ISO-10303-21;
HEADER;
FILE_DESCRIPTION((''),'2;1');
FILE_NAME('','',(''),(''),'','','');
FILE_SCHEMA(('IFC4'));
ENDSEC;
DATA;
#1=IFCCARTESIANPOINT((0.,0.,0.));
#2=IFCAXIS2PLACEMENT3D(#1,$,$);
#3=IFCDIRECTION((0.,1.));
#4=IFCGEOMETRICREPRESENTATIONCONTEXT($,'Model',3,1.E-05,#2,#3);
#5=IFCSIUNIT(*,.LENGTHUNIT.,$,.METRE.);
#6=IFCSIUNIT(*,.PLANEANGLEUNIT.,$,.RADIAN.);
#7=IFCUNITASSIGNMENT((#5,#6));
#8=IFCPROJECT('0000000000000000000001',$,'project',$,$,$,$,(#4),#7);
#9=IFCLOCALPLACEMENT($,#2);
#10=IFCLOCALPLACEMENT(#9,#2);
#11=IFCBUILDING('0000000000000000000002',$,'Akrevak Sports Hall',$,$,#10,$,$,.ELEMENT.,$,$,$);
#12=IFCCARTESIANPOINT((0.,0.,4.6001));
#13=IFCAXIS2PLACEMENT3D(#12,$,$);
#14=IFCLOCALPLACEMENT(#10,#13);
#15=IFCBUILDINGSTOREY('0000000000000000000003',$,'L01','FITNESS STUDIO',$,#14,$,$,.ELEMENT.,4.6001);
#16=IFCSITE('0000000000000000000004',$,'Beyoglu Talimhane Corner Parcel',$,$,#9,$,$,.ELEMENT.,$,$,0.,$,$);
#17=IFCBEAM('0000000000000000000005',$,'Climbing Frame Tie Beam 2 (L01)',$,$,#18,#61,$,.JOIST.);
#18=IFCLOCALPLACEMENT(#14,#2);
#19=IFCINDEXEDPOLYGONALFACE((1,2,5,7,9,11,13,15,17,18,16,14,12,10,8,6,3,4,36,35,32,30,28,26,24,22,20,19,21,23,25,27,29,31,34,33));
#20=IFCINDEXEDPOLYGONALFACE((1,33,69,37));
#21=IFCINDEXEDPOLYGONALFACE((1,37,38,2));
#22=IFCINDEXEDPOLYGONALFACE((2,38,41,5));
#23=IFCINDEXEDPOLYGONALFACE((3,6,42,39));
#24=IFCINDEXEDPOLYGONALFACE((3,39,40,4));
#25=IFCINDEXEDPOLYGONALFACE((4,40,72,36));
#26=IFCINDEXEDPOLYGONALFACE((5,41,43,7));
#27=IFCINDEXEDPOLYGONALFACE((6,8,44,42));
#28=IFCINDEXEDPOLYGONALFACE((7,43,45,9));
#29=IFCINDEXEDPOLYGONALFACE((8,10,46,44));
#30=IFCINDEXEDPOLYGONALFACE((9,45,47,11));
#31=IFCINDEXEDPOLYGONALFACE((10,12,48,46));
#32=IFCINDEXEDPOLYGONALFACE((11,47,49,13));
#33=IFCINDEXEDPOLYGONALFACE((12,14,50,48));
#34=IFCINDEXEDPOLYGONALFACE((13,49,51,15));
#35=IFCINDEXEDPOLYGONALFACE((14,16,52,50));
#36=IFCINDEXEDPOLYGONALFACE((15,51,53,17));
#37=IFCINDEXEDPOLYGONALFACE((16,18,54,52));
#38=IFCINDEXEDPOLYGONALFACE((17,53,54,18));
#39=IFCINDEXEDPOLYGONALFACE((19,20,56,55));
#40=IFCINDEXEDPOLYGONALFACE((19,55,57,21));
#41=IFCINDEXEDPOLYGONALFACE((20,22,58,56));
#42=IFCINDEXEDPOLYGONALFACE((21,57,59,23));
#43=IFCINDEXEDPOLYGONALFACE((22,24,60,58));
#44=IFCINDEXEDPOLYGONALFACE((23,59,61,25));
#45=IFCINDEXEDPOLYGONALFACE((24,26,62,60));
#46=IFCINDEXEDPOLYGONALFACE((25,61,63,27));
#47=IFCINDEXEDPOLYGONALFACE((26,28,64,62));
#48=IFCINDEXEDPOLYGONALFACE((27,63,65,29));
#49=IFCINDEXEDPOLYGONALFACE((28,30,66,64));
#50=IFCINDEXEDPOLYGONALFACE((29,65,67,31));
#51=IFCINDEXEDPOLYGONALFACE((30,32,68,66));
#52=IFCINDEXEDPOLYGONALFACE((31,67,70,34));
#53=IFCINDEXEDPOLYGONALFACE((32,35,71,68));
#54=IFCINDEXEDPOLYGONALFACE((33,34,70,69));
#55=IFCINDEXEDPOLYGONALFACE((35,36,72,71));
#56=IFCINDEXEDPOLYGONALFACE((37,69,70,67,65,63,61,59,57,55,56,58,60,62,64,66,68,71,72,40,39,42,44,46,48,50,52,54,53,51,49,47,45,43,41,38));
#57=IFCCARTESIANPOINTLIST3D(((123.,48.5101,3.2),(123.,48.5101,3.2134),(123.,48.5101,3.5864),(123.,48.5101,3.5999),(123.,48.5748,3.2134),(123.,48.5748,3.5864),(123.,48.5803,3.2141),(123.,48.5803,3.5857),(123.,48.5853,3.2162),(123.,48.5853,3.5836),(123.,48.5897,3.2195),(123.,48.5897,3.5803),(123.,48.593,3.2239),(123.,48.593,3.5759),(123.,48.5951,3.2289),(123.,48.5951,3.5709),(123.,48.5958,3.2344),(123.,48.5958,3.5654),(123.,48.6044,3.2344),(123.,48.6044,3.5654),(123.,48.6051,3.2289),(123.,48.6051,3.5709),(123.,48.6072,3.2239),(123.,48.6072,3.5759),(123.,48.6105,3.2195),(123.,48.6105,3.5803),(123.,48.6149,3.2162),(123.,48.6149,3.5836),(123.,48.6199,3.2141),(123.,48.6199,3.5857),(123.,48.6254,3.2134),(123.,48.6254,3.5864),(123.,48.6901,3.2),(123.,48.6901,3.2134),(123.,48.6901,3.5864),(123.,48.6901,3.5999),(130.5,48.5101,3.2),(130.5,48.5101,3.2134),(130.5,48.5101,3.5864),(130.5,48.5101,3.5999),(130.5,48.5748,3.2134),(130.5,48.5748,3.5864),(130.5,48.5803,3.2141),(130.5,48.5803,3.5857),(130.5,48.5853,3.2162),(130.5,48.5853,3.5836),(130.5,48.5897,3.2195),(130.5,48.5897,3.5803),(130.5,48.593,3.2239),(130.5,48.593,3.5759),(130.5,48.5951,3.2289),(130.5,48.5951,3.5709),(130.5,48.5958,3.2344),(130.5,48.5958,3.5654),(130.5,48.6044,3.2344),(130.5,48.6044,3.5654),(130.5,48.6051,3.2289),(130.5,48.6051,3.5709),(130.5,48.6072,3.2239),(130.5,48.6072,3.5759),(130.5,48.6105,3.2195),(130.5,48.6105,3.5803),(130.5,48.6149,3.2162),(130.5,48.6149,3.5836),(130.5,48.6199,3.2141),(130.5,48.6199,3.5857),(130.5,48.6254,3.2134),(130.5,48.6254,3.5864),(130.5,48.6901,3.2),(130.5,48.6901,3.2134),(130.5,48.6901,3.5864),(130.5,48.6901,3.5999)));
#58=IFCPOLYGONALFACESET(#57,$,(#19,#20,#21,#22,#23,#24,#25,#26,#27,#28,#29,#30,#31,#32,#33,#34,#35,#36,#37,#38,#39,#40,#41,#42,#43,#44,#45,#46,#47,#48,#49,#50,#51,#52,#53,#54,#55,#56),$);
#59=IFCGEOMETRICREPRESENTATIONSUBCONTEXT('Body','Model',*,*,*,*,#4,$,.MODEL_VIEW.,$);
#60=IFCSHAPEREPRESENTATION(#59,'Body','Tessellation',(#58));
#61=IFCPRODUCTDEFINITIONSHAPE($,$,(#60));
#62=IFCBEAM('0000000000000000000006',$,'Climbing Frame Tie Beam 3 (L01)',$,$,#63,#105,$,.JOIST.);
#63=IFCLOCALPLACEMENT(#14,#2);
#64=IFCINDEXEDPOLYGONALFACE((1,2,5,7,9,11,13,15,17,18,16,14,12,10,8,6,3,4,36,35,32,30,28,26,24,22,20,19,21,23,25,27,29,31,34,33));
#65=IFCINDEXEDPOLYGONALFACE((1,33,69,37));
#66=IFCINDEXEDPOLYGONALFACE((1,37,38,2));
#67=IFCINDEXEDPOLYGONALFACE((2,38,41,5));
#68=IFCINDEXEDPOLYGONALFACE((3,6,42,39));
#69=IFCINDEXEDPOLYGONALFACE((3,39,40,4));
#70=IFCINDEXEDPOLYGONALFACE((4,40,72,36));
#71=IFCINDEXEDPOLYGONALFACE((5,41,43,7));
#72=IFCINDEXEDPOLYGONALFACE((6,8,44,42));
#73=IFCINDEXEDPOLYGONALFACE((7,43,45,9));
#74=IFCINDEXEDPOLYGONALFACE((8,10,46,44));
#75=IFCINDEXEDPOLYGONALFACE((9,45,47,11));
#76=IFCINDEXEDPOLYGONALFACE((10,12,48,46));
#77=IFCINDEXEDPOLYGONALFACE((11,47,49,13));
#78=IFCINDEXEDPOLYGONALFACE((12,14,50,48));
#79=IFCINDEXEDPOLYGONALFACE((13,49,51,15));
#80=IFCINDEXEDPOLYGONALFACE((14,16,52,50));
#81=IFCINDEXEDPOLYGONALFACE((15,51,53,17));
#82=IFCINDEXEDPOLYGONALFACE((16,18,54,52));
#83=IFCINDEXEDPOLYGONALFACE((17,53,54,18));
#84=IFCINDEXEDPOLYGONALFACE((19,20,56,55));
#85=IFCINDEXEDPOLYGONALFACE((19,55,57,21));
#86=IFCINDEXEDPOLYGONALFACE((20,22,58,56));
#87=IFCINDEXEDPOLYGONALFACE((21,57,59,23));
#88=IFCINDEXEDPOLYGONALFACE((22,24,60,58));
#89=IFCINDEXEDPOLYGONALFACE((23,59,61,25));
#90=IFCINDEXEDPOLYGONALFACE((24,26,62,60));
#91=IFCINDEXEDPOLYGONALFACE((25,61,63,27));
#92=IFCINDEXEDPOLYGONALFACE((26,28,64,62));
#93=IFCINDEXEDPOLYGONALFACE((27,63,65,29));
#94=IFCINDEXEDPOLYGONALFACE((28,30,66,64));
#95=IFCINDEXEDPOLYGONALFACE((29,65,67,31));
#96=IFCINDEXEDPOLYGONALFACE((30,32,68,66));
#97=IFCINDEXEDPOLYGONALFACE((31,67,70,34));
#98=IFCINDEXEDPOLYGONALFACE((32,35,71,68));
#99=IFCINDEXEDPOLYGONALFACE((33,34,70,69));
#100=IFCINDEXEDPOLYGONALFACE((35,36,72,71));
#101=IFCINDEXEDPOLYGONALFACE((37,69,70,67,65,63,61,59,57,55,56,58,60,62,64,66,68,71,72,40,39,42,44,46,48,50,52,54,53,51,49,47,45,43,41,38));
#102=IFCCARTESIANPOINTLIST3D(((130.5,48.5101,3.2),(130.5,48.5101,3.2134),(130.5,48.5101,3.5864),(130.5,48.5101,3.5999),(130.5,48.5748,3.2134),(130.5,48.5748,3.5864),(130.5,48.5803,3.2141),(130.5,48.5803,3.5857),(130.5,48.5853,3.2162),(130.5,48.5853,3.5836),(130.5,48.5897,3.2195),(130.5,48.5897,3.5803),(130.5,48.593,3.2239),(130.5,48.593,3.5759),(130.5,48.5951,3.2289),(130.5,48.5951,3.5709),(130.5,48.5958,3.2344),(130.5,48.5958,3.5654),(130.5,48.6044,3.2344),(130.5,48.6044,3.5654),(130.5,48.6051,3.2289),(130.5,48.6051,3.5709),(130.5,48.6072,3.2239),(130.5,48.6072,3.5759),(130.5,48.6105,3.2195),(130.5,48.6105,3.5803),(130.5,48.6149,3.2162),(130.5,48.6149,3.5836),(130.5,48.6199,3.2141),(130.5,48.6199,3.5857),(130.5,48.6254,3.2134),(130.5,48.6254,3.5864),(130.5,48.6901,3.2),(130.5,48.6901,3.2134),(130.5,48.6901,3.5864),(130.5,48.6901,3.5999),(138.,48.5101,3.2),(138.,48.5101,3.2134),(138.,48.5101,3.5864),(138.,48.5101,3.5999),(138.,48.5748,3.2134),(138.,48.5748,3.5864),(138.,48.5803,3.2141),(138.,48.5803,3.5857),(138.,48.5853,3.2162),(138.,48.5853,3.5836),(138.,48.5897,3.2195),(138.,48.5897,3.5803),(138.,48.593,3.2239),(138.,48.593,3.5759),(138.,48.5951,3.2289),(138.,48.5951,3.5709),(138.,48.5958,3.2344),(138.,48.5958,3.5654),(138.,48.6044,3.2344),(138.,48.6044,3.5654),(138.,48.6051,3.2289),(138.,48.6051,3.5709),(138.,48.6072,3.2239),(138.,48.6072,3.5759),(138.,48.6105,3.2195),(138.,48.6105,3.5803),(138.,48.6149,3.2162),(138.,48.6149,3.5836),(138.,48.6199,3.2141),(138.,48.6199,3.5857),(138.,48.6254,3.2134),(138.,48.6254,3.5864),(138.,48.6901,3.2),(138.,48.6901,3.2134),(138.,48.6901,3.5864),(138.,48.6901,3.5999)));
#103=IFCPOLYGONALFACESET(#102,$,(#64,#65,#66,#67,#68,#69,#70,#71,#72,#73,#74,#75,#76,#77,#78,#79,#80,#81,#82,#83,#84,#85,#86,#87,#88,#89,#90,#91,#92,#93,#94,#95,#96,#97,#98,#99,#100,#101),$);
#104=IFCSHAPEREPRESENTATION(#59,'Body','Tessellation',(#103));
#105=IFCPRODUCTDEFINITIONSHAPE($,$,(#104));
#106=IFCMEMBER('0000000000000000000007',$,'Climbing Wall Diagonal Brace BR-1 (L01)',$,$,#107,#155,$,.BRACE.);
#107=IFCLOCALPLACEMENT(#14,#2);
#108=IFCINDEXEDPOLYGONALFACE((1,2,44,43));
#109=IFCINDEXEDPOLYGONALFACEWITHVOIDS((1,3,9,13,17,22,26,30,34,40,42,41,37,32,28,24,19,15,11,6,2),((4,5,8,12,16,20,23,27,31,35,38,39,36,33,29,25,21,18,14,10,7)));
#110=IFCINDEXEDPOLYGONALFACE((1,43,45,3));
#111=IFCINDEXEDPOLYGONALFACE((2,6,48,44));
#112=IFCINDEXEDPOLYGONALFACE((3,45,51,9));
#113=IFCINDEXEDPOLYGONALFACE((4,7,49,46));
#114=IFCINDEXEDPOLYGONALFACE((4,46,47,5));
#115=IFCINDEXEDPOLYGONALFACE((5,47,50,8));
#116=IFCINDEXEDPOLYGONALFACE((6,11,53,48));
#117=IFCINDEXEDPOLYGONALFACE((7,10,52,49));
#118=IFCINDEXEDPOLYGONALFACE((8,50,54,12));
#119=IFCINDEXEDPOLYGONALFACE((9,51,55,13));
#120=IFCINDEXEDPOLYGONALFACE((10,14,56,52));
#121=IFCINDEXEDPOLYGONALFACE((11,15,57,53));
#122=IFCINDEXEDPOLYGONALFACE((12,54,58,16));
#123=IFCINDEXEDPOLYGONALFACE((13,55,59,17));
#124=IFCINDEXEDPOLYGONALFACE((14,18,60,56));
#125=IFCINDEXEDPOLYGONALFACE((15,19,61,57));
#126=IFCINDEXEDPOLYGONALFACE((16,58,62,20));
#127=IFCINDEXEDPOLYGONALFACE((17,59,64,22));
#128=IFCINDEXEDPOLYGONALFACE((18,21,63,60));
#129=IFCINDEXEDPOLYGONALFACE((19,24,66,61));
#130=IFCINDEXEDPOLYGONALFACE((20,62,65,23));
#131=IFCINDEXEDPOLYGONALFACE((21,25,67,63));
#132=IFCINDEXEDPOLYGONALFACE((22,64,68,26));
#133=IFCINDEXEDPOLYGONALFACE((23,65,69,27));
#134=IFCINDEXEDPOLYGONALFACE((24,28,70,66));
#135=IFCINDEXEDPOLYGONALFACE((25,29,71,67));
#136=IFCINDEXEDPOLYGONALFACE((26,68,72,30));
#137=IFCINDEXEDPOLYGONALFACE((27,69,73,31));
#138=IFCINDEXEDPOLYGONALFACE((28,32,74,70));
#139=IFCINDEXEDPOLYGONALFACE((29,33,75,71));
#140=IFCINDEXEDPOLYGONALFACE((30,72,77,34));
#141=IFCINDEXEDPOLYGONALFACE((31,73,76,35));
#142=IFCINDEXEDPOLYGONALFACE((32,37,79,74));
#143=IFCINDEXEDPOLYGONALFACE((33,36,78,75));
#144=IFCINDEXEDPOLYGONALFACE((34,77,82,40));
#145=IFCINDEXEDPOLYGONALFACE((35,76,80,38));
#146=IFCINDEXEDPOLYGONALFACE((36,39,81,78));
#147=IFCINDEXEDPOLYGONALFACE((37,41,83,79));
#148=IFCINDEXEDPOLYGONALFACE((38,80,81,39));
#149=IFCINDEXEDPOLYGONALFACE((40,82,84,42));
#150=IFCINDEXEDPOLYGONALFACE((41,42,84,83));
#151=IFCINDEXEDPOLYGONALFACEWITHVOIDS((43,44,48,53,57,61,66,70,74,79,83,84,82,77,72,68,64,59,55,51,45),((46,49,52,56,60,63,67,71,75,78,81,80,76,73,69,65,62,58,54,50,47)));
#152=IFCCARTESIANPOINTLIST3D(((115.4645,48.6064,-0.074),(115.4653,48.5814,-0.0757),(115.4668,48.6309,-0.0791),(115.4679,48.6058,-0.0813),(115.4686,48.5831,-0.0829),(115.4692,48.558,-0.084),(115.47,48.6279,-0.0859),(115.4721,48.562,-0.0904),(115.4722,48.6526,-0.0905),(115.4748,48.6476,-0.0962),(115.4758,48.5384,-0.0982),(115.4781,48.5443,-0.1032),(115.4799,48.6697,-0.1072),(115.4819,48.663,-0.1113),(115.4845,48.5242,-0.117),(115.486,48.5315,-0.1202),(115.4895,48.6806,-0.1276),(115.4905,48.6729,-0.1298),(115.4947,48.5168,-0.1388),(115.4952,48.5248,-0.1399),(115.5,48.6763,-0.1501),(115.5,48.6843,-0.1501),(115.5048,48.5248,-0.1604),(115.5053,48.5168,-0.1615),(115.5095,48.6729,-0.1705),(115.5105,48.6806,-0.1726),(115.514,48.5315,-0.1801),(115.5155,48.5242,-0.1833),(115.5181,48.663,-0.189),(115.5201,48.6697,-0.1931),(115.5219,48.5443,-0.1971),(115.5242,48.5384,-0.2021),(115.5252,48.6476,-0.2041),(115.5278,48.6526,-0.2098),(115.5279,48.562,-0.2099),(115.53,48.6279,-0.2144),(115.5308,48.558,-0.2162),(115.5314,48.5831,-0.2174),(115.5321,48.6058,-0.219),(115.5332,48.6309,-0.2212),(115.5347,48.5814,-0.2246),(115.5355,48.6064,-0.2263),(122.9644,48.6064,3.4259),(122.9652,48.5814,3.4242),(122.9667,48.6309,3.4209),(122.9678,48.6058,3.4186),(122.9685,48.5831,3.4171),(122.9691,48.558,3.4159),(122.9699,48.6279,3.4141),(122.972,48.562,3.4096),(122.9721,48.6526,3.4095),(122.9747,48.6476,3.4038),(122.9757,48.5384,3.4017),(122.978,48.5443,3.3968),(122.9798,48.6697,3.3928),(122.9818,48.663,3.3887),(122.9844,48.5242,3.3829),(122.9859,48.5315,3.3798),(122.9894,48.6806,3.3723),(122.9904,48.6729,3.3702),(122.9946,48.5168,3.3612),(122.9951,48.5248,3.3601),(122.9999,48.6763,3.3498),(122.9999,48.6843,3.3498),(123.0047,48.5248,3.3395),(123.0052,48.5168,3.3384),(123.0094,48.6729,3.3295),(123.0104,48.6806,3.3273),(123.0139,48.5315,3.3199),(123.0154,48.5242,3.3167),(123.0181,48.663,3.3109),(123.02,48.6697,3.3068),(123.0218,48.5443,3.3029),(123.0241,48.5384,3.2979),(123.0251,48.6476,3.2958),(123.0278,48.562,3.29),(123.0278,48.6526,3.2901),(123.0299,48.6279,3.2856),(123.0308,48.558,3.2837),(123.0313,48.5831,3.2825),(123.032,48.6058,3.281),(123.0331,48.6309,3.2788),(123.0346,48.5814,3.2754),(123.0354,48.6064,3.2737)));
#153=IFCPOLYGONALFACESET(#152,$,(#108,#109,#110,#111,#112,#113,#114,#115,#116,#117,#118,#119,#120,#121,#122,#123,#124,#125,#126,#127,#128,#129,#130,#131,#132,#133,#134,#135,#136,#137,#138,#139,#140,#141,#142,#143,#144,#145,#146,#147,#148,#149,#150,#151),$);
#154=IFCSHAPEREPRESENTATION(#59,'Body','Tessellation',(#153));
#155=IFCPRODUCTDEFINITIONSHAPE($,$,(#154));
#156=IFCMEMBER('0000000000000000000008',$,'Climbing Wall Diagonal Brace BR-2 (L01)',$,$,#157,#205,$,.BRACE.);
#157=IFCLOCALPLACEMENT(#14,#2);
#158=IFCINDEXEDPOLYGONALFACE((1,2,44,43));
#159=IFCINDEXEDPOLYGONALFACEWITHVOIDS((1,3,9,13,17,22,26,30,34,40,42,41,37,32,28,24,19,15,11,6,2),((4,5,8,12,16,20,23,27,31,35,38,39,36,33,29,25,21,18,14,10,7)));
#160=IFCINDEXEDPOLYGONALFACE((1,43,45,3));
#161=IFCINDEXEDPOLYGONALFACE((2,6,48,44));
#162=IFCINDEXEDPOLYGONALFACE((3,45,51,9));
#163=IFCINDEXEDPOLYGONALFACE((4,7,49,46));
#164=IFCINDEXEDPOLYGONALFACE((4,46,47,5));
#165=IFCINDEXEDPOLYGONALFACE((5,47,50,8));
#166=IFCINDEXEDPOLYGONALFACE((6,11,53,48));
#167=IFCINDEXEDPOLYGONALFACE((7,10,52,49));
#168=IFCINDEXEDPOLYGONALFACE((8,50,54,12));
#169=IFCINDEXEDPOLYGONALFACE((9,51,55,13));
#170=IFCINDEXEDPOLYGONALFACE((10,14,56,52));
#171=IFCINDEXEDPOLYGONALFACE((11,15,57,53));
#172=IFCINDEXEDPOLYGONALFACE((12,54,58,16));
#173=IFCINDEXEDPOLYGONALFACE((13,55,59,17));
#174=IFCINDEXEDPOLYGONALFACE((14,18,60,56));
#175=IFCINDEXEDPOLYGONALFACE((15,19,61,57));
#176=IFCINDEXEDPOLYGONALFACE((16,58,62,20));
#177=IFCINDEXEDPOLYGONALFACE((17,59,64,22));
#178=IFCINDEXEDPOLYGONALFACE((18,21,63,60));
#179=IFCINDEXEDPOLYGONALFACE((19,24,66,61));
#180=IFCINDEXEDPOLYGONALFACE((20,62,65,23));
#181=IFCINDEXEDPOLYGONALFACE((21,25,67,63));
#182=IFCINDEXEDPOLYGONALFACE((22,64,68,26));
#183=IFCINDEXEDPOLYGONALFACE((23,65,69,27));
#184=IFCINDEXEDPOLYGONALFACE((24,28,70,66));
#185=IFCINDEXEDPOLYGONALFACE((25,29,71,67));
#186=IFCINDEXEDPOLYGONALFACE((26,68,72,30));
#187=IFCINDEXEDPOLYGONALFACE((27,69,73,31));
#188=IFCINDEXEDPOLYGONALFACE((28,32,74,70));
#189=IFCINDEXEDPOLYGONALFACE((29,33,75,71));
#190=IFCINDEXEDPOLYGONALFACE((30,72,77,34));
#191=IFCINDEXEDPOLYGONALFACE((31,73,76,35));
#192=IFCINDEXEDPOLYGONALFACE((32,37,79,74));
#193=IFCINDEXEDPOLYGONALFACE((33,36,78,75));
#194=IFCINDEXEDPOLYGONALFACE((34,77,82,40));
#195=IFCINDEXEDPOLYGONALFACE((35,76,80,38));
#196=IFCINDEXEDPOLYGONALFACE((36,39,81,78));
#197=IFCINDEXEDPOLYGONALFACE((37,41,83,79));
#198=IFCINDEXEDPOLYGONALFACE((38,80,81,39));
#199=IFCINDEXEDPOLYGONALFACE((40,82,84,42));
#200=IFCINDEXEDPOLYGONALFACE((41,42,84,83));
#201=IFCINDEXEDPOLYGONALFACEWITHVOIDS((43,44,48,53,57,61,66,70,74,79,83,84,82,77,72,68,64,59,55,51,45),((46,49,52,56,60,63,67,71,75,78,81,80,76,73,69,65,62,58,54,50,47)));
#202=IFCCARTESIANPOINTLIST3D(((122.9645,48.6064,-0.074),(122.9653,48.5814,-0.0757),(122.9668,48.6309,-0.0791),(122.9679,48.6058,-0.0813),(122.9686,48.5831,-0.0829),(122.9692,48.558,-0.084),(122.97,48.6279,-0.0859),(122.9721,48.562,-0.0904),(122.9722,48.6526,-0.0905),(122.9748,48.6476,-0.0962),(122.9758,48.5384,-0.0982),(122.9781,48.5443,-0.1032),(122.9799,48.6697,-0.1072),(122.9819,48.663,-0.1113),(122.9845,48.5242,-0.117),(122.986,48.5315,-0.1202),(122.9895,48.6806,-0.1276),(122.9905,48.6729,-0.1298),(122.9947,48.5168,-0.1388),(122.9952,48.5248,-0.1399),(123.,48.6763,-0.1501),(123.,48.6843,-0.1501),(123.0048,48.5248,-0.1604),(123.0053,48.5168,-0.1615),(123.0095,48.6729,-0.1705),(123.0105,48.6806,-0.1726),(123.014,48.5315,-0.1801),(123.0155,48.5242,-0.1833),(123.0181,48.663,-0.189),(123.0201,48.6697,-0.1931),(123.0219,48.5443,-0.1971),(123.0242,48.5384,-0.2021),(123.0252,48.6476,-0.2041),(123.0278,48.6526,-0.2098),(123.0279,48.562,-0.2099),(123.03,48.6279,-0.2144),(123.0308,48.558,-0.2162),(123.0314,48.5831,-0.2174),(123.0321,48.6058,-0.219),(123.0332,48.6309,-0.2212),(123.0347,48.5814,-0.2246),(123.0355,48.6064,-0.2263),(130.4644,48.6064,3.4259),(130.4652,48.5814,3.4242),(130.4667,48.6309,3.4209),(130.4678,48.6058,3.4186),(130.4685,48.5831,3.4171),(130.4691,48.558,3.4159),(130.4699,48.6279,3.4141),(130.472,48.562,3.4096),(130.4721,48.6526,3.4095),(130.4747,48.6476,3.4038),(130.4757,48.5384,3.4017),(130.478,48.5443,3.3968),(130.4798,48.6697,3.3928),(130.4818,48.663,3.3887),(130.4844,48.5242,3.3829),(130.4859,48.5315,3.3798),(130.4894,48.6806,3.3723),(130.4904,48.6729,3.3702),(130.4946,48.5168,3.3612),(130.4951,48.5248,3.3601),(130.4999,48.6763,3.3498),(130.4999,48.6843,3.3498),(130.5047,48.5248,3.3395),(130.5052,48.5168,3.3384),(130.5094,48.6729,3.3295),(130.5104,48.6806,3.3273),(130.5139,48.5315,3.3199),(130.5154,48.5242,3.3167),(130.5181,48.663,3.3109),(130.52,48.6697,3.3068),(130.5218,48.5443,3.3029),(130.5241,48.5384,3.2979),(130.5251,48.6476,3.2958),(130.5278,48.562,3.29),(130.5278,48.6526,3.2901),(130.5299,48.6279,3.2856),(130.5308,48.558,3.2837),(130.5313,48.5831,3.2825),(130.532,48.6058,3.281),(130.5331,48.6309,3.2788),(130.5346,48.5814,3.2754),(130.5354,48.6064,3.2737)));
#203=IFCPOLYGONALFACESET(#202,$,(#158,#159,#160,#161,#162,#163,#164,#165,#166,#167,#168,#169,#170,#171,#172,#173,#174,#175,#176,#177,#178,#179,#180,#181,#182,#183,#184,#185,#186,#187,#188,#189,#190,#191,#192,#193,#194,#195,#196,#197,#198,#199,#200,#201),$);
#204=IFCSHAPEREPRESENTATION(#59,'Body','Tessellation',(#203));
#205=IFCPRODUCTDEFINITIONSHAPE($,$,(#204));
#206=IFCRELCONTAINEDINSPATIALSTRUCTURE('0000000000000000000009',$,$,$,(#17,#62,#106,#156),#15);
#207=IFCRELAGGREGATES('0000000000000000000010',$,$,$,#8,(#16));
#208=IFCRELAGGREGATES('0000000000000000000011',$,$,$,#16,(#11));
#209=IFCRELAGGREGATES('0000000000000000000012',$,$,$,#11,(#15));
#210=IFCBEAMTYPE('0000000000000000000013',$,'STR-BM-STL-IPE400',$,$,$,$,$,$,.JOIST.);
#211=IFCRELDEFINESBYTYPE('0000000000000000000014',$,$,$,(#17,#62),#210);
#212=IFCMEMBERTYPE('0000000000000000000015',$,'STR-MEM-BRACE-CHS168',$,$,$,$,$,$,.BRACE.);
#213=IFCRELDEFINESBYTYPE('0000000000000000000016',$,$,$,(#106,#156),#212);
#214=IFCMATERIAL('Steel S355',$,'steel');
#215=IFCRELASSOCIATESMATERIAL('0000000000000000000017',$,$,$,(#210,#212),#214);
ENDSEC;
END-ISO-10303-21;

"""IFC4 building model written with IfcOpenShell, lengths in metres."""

from ifc_helpers import new_model, si_unit, direction, frame, origin, origin_2d, place, context, subcontext, project, spatial, hollow_circle, i_section, extrude, material, material_profile, profile_set, type_object, element, save


model = new_model("IFC4")

# Units and contexts
model_context = context("Model", 3, precision=1e-05, world=origin(), true_north=direction((0.0, 1.0)))
body_context = subcontext(model_context, "Body", "Model", "MODEL_VIEW")
ifc_project = project(units=[si_unit("LENGTHUNIT", "METRE"), si_unit("PLANEANGLEUNIT", "RADIAN")], contexts=[model_context])

# Site, building, storey
site_placement = place(None, origin())
site = spatial("IfcSite", under=ifc_project, at=site_placement, Name="Beyoglu Talimhane Corner Parcel", CompositionType="ELEMENT", RefElevation=0.0)
building_placement = place(site_placement, origin())
building = spatial("IfcBuilding", under=site, at=building_placement, Name="Akrevak Sports Hall", CompositionType="ELEMENT")
storey_placement = place(building_placement, frame((0.0, 0.0, 4.6001)))
storey = spatial("IfcBuildingStorey", under=building, at=storey_placement, Name="L01", Description="FITNESS STUDIO", CompositionType="ELEMENT", Elevation=4.6001)

# Shared definitions
ifc_material_1 = material(Name="Steel S355", Category="steel")

# Beams
ifc_material_profile_1 = material_profile(ifc_material_1, i_section(OverallWidth=0.1799, OverallDepth=0.3999, WebThickness=0.0085, FlangeThickness=0.0134, FilletRadius=0.021, at=origin_2d()), Name="IPE 400", Category="steel")
ifc_profile_set_1 = profile_set([ifc_material_profile_1], Name="Steel S355")
beam_type_1 = type_object("IfcBeamType", Name="STR-BM-STL-IPE400", PredefinedType="JOIST", material=ifc_profile_set_1)
for number, where, z_axis, x_axis, name in (
    (1, (123.0, 48.6001, 3.3999), (1.0, 0.0, 0.0), (0.0, 1.0, 0.0), "Climbing Frame Tie Beam 2 (L01)"),
    (2, (130.5, 48.6001, 3.3999), (1.0, 0.0, 0.0), (0.0, 1.0, 0.0), "Climbing Frame Tie Beam 3 (L01)"),
):
    element("IfcBeam", number, at=place(storey_placement, frame(where, z_axis=z_axis, x_axis=x_axis)), inside=storey, type_object=beam_type_1, Name=name, PredefinedType="JOIST", context=body_context, shape_type="SweptSolid", body=[
        extrude(i_section(OverallWidth=0.1799, OverallDepth=0.3999, WebThickness=0.0085, FlangeThickness=0.0134, FilletRadius=0.021, at=origin_2d()), origin(), (0.0, 0.0, 1.0), 7.5),
    ])

# Members
ifc_material_profile_2 = material_profile(ifc_material_1, hollow_circle(Radius=0.0842, WallThickness=0.0081, at=origin_2d()), Name="CHS 168.3x8", Category="steel")
ifc_profile_set_2 = profile_set([ifc_material_profile_2], Name="Steel S355")
member_type_1 = type_object("IfcMemberType", Name="STR-MEM-BRACE-CHS168", PredefinedType="BRACE", material=ifc_profile_set_2)
for number, where, z_axis, x_axis, name in (
    (3, (115.5, 48.6001, -0.1501), (0.906183, 0.0, 0.422885), (0.0, 1.0, 0.0), "Climbing Wall Diagonal Brace BR-1 (L01)"),
    (4, (123.0, 48.6001, -0.1501), (0.906183, 0.0, 0.422885), (0.0, 1.0, 0.0), "Climbing Wall Diagonal Brace BR-2 (L01)"),
):
    element("IfcMember", number, at=place(storey_placement, frame(where, z_axis=z_axis, x_axis=x_axis)), inside=storey, type_object=member_type_1, Name=name, PredefinedType="BRACE", context=body_context, shape_type="SweptSolid", body=[
        extrude(hollow_circle(Radius=0.0842, WallThickness=0.0081, at=origin_2d()), origin(), (0.0, 0.0, 1.0), 8.2764),
    ])

save(model, "model.ifc")
